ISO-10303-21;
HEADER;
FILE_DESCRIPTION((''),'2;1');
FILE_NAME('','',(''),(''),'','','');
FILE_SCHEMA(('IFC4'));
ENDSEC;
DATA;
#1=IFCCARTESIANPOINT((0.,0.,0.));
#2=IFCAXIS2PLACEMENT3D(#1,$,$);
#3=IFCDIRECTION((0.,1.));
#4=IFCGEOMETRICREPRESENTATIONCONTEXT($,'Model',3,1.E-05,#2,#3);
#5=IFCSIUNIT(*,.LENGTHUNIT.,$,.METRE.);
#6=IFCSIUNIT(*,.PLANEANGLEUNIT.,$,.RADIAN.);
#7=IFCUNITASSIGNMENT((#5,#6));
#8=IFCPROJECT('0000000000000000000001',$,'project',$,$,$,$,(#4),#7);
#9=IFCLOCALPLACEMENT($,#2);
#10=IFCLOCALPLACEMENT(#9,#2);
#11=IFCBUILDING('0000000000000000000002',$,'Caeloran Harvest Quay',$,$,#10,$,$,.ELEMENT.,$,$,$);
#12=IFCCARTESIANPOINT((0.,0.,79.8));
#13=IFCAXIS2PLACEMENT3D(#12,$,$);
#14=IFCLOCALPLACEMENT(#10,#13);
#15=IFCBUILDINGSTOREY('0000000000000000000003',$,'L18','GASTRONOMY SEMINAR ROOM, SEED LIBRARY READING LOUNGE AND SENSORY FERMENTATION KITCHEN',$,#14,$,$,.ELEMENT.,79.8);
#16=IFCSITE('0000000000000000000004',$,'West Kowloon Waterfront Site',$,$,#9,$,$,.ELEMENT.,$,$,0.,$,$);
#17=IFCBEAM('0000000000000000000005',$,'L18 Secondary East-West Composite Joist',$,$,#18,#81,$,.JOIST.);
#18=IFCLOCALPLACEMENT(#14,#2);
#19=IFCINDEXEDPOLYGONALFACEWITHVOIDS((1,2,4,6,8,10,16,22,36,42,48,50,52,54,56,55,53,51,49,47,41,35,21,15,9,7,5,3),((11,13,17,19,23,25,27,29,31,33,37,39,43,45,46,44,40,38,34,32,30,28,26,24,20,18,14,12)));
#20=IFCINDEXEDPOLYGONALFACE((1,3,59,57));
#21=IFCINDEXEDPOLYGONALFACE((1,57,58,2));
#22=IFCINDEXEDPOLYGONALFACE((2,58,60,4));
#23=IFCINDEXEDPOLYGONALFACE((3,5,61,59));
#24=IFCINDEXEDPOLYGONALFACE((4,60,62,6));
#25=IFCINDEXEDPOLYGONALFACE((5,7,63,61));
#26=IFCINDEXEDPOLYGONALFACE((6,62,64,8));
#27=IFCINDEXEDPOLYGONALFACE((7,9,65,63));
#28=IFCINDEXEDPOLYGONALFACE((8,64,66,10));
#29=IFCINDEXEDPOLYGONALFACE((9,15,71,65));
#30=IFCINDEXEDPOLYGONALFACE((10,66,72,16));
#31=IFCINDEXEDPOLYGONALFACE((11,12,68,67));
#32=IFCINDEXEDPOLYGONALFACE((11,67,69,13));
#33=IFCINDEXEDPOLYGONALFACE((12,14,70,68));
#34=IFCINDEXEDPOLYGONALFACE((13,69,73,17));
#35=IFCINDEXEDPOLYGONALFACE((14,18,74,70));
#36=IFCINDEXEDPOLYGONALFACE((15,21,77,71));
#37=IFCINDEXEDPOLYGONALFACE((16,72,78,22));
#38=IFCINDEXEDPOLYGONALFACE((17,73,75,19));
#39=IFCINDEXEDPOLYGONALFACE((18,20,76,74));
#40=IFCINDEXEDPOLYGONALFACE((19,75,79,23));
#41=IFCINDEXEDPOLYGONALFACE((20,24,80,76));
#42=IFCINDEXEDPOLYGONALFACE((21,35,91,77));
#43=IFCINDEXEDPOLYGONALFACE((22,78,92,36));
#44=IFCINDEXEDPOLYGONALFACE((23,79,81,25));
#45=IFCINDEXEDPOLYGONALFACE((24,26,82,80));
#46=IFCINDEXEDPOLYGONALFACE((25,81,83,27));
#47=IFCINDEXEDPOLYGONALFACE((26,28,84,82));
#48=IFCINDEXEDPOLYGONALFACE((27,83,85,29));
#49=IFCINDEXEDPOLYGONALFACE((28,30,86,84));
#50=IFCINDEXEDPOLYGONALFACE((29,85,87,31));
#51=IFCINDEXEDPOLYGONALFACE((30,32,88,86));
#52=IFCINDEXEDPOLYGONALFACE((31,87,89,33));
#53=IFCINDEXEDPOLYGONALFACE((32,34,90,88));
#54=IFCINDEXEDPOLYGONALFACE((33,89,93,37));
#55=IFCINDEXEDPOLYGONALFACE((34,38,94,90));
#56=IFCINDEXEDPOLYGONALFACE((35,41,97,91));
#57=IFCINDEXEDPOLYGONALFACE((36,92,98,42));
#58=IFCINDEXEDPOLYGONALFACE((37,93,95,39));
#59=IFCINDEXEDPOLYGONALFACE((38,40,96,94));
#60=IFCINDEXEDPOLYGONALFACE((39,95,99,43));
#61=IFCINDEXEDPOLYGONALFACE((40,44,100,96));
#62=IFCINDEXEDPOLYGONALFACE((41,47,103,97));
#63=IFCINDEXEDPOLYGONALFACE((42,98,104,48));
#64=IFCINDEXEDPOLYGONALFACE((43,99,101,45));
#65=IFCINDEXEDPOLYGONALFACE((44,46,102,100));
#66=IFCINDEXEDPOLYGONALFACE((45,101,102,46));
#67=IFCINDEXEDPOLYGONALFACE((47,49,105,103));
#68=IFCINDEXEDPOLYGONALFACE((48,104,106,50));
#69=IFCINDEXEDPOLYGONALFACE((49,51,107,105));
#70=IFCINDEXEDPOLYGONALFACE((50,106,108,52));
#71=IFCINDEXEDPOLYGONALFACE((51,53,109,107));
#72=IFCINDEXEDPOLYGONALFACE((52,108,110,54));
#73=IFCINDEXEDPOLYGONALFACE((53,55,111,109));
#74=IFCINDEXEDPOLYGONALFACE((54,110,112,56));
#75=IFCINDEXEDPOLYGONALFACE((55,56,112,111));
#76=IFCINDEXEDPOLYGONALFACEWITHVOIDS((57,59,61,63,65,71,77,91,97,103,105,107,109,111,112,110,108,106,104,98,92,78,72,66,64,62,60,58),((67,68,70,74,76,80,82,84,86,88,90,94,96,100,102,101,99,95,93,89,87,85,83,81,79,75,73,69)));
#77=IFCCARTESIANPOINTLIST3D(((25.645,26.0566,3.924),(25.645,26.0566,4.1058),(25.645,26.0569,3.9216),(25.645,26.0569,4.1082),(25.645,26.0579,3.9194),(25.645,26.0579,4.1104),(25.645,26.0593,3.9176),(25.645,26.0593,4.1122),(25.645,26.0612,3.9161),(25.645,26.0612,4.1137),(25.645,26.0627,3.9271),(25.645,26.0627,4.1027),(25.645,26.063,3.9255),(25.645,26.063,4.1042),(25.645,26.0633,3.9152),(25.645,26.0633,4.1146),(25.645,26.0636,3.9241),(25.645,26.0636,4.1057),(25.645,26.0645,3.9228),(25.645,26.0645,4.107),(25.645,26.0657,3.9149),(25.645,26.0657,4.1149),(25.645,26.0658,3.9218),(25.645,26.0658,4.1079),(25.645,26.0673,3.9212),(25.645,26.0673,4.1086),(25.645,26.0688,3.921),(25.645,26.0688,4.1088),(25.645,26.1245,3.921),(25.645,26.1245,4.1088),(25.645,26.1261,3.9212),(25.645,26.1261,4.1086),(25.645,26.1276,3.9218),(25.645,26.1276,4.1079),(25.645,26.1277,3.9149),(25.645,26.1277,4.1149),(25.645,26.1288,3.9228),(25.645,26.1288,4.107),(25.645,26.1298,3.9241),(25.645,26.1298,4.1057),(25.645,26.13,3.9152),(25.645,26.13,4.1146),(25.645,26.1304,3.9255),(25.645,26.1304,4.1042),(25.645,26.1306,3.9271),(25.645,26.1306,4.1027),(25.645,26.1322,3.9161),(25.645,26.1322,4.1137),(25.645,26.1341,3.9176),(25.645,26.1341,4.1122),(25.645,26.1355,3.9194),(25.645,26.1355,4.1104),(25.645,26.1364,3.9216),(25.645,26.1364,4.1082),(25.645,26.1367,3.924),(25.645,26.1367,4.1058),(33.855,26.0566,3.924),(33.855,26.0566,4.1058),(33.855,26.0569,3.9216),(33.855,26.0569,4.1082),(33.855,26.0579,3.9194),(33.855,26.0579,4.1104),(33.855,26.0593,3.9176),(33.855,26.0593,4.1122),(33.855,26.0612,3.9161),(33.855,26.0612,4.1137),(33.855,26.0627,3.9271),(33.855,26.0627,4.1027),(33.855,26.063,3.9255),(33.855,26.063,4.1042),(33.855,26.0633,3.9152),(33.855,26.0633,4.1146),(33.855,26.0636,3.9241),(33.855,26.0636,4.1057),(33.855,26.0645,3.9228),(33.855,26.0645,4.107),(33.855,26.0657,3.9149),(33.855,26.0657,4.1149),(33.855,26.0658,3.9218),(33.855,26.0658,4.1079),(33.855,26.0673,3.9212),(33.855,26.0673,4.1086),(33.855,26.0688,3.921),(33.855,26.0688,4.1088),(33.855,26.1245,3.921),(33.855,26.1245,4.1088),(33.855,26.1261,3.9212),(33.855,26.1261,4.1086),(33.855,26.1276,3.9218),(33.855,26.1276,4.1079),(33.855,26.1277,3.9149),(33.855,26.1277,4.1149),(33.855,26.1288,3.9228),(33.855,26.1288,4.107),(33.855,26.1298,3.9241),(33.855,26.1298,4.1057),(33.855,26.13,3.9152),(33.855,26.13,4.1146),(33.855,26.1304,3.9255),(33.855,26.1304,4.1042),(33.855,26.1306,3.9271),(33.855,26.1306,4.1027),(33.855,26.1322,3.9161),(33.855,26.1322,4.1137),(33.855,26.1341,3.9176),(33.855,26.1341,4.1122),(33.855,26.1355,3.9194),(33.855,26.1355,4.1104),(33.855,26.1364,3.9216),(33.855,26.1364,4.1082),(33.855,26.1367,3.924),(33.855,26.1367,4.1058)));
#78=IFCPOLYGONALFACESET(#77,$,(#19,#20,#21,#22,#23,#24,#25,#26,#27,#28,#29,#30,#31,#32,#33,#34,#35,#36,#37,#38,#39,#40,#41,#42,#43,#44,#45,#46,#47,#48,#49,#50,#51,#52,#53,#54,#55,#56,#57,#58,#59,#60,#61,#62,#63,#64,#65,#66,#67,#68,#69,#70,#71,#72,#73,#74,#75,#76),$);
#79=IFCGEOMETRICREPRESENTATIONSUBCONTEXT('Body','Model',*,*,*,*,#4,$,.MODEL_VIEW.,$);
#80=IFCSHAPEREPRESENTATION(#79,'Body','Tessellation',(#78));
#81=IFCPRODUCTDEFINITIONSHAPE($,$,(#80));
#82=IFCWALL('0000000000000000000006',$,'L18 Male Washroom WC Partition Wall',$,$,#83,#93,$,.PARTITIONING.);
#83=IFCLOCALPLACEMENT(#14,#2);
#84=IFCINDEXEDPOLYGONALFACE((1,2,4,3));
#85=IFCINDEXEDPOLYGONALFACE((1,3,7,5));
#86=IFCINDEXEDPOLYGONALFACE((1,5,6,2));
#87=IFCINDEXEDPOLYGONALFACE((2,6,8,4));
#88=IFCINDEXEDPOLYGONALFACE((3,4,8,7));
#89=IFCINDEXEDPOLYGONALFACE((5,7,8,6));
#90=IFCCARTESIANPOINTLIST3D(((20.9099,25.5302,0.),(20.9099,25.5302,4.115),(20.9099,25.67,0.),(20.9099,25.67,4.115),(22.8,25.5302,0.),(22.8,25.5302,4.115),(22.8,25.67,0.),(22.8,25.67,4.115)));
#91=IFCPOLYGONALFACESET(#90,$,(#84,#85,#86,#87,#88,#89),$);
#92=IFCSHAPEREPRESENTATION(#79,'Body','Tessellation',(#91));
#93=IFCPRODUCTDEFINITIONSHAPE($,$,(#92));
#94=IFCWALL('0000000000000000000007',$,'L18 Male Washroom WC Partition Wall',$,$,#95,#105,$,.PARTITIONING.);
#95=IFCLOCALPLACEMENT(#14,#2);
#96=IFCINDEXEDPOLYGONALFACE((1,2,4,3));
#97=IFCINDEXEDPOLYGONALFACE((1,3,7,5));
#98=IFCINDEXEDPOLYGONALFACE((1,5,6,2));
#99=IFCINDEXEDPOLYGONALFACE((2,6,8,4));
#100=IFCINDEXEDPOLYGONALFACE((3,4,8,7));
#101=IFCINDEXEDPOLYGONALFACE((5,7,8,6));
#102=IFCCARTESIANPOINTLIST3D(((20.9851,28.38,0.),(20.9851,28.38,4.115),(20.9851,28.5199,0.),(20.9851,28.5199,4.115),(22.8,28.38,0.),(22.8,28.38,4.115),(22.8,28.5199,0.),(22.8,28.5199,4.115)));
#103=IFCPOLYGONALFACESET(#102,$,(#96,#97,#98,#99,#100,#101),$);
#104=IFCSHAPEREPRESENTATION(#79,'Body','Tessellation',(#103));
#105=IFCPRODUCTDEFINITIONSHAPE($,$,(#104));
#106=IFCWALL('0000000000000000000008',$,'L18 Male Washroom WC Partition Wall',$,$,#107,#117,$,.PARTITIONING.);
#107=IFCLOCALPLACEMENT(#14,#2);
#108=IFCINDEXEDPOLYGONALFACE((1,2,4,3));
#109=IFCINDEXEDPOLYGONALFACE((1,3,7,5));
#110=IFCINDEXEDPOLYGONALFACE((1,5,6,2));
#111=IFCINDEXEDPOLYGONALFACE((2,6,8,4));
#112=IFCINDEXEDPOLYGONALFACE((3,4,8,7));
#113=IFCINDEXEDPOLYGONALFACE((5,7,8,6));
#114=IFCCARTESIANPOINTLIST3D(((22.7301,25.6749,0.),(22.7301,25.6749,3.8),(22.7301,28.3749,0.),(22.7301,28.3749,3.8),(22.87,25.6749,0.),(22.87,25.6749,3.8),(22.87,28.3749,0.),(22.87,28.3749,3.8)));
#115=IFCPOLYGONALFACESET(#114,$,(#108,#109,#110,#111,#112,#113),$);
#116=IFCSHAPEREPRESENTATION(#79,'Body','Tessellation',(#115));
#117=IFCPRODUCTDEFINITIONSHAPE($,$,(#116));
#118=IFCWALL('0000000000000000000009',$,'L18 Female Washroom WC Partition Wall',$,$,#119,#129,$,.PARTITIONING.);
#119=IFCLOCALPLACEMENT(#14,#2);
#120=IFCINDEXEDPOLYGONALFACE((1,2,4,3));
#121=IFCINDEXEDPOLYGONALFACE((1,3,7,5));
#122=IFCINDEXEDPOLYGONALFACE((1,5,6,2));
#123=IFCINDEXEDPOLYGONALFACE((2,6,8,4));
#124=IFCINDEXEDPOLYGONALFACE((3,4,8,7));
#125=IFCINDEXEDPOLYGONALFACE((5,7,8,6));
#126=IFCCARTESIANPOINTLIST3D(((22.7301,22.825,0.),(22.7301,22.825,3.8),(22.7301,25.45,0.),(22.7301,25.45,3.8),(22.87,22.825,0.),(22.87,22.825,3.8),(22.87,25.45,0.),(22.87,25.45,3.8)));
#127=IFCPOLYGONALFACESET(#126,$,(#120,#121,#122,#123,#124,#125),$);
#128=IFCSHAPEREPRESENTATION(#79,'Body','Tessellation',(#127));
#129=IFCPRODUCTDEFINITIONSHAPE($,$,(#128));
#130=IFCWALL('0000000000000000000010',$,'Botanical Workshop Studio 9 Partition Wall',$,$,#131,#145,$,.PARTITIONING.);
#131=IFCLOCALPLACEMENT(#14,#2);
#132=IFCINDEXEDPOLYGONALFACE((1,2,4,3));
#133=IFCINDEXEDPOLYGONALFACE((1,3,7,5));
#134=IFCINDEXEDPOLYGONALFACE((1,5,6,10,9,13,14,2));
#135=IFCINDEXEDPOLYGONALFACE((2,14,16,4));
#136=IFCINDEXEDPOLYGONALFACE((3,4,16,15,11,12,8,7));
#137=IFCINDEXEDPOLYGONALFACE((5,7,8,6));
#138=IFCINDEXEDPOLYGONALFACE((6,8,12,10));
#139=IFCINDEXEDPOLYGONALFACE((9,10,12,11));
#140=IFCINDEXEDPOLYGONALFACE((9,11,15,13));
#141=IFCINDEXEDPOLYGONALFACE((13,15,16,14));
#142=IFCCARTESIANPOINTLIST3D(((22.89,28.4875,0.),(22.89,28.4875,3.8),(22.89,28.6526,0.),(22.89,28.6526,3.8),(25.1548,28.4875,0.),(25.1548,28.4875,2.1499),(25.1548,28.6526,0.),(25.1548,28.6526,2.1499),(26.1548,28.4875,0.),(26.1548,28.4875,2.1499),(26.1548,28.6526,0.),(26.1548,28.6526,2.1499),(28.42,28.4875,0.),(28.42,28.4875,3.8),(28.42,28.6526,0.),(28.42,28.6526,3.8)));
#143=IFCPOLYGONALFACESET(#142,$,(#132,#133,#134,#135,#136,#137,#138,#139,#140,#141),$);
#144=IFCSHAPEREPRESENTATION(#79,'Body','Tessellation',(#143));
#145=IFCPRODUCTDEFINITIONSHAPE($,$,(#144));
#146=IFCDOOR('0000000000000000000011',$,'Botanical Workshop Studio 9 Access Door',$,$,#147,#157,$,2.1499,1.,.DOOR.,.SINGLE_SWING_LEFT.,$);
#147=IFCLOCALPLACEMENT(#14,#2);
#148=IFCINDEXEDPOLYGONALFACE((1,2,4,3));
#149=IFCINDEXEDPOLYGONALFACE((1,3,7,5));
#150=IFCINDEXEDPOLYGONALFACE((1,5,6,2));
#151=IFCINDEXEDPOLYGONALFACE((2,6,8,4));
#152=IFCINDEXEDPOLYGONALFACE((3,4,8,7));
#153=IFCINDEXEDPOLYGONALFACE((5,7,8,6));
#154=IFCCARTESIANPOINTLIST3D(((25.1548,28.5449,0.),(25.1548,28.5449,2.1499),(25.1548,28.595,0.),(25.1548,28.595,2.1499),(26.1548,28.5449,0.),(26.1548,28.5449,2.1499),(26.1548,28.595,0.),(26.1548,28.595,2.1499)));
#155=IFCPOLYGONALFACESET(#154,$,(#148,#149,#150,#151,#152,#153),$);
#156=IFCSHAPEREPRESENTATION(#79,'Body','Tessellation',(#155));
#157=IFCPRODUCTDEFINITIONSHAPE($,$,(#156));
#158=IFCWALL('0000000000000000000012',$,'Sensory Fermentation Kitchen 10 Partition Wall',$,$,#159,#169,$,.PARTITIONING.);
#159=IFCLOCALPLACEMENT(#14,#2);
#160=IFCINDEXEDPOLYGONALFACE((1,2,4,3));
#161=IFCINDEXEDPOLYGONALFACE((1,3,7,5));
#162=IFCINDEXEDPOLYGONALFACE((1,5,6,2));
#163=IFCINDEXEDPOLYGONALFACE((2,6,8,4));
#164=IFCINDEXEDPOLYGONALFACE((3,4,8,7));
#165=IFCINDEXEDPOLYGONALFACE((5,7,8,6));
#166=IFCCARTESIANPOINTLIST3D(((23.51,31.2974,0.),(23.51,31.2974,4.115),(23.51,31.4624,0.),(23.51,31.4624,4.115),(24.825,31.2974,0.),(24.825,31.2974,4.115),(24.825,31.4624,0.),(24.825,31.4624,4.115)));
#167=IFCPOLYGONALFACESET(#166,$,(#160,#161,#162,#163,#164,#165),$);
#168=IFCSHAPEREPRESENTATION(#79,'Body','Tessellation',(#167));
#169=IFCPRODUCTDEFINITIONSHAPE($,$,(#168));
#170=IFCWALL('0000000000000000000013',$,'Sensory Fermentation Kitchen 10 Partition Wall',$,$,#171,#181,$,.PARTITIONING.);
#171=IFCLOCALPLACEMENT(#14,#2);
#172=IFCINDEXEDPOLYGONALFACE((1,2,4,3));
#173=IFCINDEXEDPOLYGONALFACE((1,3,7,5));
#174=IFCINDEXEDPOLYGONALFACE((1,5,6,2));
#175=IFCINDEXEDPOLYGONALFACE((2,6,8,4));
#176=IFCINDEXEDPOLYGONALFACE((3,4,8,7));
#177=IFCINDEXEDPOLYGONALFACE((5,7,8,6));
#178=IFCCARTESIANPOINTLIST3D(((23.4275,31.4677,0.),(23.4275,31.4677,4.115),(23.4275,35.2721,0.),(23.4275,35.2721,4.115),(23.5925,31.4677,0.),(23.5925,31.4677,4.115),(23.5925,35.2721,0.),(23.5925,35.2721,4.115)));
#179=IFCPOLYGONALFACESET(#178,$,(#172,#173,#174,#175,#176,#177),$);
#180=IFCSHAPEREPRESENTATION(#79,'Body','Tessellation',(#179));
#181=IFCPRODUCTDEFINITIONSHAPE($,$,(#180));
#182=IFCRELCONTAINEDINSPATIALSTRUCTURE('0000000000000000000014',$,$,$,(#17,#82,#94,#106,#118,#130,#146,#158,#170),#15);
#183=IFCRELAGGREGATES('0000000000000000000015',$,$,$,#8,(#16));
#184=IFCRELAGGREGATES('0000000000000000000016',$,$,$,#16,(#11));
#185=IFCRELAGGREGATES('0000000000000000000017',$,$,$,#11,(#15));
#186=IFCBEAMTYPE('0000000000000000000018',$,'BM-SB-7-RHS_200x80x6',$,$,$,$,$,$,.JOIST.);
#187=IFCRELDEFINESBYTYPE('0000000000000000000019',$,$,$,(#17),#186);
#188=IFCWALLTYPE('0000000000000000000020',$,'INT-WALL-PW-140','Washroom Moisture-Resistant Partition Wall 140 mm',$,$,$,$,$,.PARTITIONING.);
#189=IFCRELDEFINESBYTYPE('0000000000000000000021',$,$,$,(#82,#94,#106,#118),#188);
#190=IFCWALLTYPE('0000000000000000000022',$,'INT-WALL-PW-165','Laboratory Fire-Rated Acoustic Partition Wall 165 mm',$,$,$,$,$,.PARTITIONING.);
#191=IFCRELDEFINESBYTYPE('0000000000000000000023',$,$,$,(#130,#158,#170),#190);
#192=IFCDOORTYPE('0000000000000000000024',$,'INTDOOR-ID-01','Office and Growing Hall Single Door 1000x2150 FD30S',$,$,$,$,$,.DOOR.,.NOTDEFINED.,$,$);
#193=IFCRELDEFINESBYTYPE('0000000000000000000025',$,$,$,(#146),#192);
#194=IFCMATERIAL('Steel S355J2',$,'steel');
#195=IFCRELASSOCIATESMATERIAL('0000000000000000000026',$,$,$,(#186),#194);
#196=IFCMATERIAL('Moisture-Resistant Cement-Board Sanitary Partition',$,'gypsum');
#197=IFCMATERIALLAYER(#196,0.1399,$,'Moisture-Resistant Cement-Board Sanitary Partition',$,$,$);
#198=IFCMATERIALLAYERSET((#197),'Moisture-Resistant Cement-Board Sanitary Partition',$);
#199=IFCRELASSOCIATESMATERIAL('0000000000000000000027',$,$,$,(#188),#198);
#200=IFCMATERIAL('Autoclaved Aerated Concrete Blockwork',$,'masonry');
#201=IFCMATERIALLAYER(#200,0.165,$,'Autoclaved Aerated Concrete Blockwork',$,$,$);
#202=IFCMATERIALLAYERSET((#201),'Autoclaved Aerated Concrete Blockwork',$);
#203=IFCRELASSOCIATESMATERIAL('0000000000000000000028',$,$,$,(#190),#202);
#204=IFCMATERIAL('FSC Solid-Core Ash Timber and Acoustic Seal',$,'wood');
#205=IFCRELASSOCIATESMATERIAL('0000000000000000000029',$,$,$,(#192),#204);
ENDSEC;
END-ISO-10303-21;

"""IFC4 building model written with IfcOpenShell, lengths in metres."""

from ifc_helpers import new_model, si_unit, direction, frame, frame_2d, origin, origin_2d, place, context, subcontext, project, spatial, rectangle, hollow_rectangle, extrude, material, layer, layer_set, material_profile, profile_set, type_object, element, fill, save


model = new_model("IFC4")

# Units and contexts
model_context = context("Model", 3, precision=1e-05, world=origin(), true_north=direction((0.0, 1.0)))
body_context = subcontext(model_context, "Body", "Model", "MODEL_VIEW")
ifc_project = project(units=[si_unit("LENGTHUNIT", "METRE"), si_unit("PLANEANGLEUNIT", "RADIAN")], contexts=[model_context])

# Site, building, storey
site_placement = place(None, origin())
site = spatial("IfcSite", under=ifc_project, at=site_placement, Name="West Kowloon Waterfront Site", CompositionType="ELEMENT", RefElevation=0.0)
building_placement = place(site_placement, origin())
building = spatial("IfcBuilding", under=site, at=building_placement, Name="Caeloran Harvest Quay", CompositionType="ELEMENT")
storey_placement = place(building_placement, frame((0.0, 0.0, 79.8)))
storey = spatial("IfcBuildingStorey", under=building, at=storey_placement, Name="L18", Description="GASTRONOMY SEMINAR ROOM, SEED LIBRARY READING LOUNGE AND SENSORY FERMENTATION KITCHEN", CompositionType="ELEMENT", Elevation=79.8)

# Beam
ifc_material_1 = material(Name="Steel S355J2", Category="steel")
ifc_material_profile_1 = material_profile(ifc_material_1, hollow_rectangle(XDim=0.0801, YDim=0.2, WallThickness=0.0061, InnerFilletRadius=0.0061, OuterFilletRadius=0.009, at=origin_2d()), Name="RHS 200x80x6")
ifc_profile_set_1 = profile_set([ifc_material_profile_1], Name="Steel S355J2")
beam_type_1 = type_object("IfcBeamType", Name="BM-SB-7-RHS_200x80x6", PredefinedType="JOIST", material=ifc_profile_set_1)
for number, where, z_axis, x_axis, name in (
    (1, (25.645, 26.0967, 4.0149), (1.0, 0.0, 0.0), (0.0, 1.0, 0.0), "L18 Secondary East-West Composite Joist"),
):
    element("IfcBeam", number, at=place(storey_placement, frame(where, z_axis=z_axis, x_axis=x_axis)), inside=storey, type_object=beam_type_1, Name=name, PredefinedType="JOIST", context=body_context, shape_type="SweptSolid", body=[
        extrude(hollow_rectangle(XDim=0.0801, YDim=0.2, WallThickness=0.0061, InnerFilletRadius=0.0061, OuterFilletRadius=0.009, at=origin_2d()), origin(), (0.0, 0.0, 1.0), 8.21),
    ])

# Wall
ifc_material_2 = material(Name="Moisture-Resistant Cement-Board Sanitary Partition", Category="gypsum")
ifc_layer_1 = layer(ifc_material_2, 0.1399, Name="Moisture-Resistant Cement-Board Sanitary Partition")
ifc_layer_set_1 = layer_set([ifc_layer_1], Name="Moisture-Resistant Cement-Board Sanitary Partition")
wall_type_1 = type_object("IfcWallType", Name="INT-WALL-PW-140", Description="Washroom Moisture-Resistant Partition Wall 140 mm", PredefinedType="PARTITIONING", material=ifc_layer_set_1)
wall_1_placement = place(storey_placement, frame((22.8, 25.6001, 0.0), z_axis=(0.0, 0.0, 1.0), x_axis=(-1.0, 0.0, 0.0)))
element("IfcWall", 2, at=wall_1_placement, inside=storey, type_object=wall_type_1, Name="L18 Male Washroom WC Partition Wall", PredefinedType="PARTITIONING", context=body_context, shape_type="SweptSolid", body=[
    extrude(rectangle(XDim=1.8901, YDim=0.1399, at=frame_2d((0.9451, 0.0))), origin(), (0.0, 0.0, 1.0), 4.115),
])

# Walls
wall_2_placement = place(storey_placement, frame((20.9851, 28.45, 0.0), z_axis=(0.0, 0.0, 1.0), x_axis=(1.0, 0.0, 0.0)))
element("IfcWall", 3, at=wall_2_placement, inside=storey, type_object=wall_type_1, Name="L18 Male Washroom WC Partition Wall", PredefinedType="PARTITIONING", context=body_context, shape_type="SweptSolid", body=[
    extrude(rectangle(XDim=1.8149, YDim=0.1399, at=frame_2d((0.9075, 0.0))), origin(), (0.0, 0.0, 1.0), 4.115),
])
wall_3_placement = place(storey_placement, frame((22.8, 28.375, 0.0), z_axis=(0.0, 0.0, 1.0), x_axis=(0.0, -1.0, 0.0)))
element("IfcWall", 4, at=wall_3_placement, inside=storey, type_object=wall_type_1, Name="L18 Male Washroom WC Partition Wall", PredefinedType="PARTITIONING", context=body_context, shape_type="SweptSolid", body=[
    extrude(rectangle(XDim=2.7, YDim=0.1399, at=frame_2d((1.3501, 0.0))), origin(), (0.0, 0.0, 1.0), 3.8),
])
wall_4_placement = place(storey_placement, frame((22.8, 25.45, 0.0), z_axis=(0.0, 0.0, 1.0), x_axis=(0.0, -1.0, 0.0)))
element("IfcWall", 5, at=wall_4_placement, inside=storey, type_object=wall_type_1, Name="L18 Female Washroom WC Partition Wall", PredefinedType="PARTITIONING", context=body_context, shape_type="SweptSolid", body=[
    extrude(rectangle(XDim=2.625, YDim=0.1399, at=frame_2d((1.3125, 0.0))), origin(), (0.0, 0.0, 1.0), 3.8),
])

# Wall, opening, door
ifc_material_3 = material(Name="Autoclaved Aerated Concrete Blockwork", Category="masonry")
ifc_layer_2 = layer(ifc_material_3, 0.165, Name="Autoclaved Aerated Concrete Blockwork")
ifc_layer_set_2 = layer_set([ifc_layer_2], Name="Autoclaved Aerated Concrete Blockwork")
wall_type_2 = type_object("IfcWallType", Name="INT-WALL-PW-165", Description="Laboratory Fire-Rated Acoustic Partition Wall 165 mm", PredefinedType="PARTITIONING", material=ifc_layer_set_2)
wall_5_placement = place(storey_placement, frame((22.8899, 28.5701, 0.0), z_axis=(0.0, 0.0, 1.0), x_axis=(1.0, 0.0, 0.0)))
wall_5 = element("IfcWall", 6, at=wall_5_placement, inside=storey, type_object=wall_type_2, Name="Botanical Workshop Studio 9 Partition Wall", PredefinedType="PARTITIONING", context=body_context, shape_type="SweptSolid", body=[
    extrude(rectangle(XDim=5.53, YDim=0.165, at=frame_2d((2.7651, 0.0))), origin(), (0.0, 0.0, 1.0), 3.8),
])
opening_1_placement = place(wall_5_placement, frame((2.2649, 0.0, 0.0)))
opening_1 = element("IfcOpeningElement", 7, at=opening_1_placement, cuts=wall_5, PredefinedType="OPENING", context=body_context, shape_type="SweptSolid", body=[
    extrude(rectangle(XDim=1.0, YDim=2.1499, at=frame_2d((0.5, 1.075))), frame((0.0, 0.0925, 0.0), z_axis=(0.0, -1.0, 0.0), x_axis=(1.0, 0.0, 0.0)), (0.0, 0.0, 1.0), 0.1851),
])
ifc_material_4 = material(Name="FSC Solid-Core Ash Timber and Acoustic Seal", Category="wood")
door_type_1 = type_object("IfcDoorType", Name="INTDOOR-ID-01", Description="Office and Growing Hall Single Door 1000x2150 FD30S", OperationType="NOTDEFINED", PredefinedType="DOOR", material=ifc_material_4)
door_1_placement = place(opening_1_placement, origin())
door_1 = element("IfcDoor", 8, at=door_1_placement, inside=storey, type_object=door_type_1, Name="Botanical Workshop Studio 9 Access Door", OperationType="SINGLE_SWING_LEFT", OverallHeight=2.1499, OverallWidth=1.0, PredefinedType="DOOR", context=body_context, shape_type="SweptSolid", body=[
    extrude(rectangle(XDim=1.0, YDim=2.1499, at=frame_2d((0.5, 1.075))), frame((0.0, 0.0249, 0.0), z_axis=(0.0, -1.0, 0.0), x_axis=(1.0, 0.0, 0.0)), (0.0, 0.0, 1.0), 0.05),
])
fill(opening_1, door_1)

# Walls
wall_6_placement = place(storey_placement, frame((24.825, 31.3799, 0.0), z_axis=(0.0, 0.0, 1.0), x_axis=(-1.0, 0.0, 0.0)))
element("IfcWall", 9, at=wall_6_placement, inside=storey, type_object=wall_type_2, Name="Sensory Fermentation Kitchen 10 Partition Wall", PredefinedType="PARTITIONING", context=body_context, shape_type="SweptSolid", body=[
    extrude(rectangle(XDim=1.3149, YDim=0.165, at=frame_2d((0.6575, 0.0))), origin(), (0.0, 0.0, 1.0), 4.115),
])
wall_7_placement = place(storey_placement, frame((23.51, 31.4675, 0.0), z_axis=(0.0, 0.0, 1.0), x_axis=(0.0, 1.0, 0.0)))
element("IfcWall", 10, at=wall_7_placement, inside=storey, type_object=wall_type_2, Name="Sensory Fermentation Kitchen 10 Partition Wall", PredefinedType="PARTITIONING", context=body_context, shape_type="SweptSolid", body=[
    extrude(rectangle(XDim=3.8044, YDim=0.165, at=frame_2d((1.9023, 0.0))), origin(), (0.0, 0.0, 1.0), 4.115),
])

save(model, "model.ifc")
